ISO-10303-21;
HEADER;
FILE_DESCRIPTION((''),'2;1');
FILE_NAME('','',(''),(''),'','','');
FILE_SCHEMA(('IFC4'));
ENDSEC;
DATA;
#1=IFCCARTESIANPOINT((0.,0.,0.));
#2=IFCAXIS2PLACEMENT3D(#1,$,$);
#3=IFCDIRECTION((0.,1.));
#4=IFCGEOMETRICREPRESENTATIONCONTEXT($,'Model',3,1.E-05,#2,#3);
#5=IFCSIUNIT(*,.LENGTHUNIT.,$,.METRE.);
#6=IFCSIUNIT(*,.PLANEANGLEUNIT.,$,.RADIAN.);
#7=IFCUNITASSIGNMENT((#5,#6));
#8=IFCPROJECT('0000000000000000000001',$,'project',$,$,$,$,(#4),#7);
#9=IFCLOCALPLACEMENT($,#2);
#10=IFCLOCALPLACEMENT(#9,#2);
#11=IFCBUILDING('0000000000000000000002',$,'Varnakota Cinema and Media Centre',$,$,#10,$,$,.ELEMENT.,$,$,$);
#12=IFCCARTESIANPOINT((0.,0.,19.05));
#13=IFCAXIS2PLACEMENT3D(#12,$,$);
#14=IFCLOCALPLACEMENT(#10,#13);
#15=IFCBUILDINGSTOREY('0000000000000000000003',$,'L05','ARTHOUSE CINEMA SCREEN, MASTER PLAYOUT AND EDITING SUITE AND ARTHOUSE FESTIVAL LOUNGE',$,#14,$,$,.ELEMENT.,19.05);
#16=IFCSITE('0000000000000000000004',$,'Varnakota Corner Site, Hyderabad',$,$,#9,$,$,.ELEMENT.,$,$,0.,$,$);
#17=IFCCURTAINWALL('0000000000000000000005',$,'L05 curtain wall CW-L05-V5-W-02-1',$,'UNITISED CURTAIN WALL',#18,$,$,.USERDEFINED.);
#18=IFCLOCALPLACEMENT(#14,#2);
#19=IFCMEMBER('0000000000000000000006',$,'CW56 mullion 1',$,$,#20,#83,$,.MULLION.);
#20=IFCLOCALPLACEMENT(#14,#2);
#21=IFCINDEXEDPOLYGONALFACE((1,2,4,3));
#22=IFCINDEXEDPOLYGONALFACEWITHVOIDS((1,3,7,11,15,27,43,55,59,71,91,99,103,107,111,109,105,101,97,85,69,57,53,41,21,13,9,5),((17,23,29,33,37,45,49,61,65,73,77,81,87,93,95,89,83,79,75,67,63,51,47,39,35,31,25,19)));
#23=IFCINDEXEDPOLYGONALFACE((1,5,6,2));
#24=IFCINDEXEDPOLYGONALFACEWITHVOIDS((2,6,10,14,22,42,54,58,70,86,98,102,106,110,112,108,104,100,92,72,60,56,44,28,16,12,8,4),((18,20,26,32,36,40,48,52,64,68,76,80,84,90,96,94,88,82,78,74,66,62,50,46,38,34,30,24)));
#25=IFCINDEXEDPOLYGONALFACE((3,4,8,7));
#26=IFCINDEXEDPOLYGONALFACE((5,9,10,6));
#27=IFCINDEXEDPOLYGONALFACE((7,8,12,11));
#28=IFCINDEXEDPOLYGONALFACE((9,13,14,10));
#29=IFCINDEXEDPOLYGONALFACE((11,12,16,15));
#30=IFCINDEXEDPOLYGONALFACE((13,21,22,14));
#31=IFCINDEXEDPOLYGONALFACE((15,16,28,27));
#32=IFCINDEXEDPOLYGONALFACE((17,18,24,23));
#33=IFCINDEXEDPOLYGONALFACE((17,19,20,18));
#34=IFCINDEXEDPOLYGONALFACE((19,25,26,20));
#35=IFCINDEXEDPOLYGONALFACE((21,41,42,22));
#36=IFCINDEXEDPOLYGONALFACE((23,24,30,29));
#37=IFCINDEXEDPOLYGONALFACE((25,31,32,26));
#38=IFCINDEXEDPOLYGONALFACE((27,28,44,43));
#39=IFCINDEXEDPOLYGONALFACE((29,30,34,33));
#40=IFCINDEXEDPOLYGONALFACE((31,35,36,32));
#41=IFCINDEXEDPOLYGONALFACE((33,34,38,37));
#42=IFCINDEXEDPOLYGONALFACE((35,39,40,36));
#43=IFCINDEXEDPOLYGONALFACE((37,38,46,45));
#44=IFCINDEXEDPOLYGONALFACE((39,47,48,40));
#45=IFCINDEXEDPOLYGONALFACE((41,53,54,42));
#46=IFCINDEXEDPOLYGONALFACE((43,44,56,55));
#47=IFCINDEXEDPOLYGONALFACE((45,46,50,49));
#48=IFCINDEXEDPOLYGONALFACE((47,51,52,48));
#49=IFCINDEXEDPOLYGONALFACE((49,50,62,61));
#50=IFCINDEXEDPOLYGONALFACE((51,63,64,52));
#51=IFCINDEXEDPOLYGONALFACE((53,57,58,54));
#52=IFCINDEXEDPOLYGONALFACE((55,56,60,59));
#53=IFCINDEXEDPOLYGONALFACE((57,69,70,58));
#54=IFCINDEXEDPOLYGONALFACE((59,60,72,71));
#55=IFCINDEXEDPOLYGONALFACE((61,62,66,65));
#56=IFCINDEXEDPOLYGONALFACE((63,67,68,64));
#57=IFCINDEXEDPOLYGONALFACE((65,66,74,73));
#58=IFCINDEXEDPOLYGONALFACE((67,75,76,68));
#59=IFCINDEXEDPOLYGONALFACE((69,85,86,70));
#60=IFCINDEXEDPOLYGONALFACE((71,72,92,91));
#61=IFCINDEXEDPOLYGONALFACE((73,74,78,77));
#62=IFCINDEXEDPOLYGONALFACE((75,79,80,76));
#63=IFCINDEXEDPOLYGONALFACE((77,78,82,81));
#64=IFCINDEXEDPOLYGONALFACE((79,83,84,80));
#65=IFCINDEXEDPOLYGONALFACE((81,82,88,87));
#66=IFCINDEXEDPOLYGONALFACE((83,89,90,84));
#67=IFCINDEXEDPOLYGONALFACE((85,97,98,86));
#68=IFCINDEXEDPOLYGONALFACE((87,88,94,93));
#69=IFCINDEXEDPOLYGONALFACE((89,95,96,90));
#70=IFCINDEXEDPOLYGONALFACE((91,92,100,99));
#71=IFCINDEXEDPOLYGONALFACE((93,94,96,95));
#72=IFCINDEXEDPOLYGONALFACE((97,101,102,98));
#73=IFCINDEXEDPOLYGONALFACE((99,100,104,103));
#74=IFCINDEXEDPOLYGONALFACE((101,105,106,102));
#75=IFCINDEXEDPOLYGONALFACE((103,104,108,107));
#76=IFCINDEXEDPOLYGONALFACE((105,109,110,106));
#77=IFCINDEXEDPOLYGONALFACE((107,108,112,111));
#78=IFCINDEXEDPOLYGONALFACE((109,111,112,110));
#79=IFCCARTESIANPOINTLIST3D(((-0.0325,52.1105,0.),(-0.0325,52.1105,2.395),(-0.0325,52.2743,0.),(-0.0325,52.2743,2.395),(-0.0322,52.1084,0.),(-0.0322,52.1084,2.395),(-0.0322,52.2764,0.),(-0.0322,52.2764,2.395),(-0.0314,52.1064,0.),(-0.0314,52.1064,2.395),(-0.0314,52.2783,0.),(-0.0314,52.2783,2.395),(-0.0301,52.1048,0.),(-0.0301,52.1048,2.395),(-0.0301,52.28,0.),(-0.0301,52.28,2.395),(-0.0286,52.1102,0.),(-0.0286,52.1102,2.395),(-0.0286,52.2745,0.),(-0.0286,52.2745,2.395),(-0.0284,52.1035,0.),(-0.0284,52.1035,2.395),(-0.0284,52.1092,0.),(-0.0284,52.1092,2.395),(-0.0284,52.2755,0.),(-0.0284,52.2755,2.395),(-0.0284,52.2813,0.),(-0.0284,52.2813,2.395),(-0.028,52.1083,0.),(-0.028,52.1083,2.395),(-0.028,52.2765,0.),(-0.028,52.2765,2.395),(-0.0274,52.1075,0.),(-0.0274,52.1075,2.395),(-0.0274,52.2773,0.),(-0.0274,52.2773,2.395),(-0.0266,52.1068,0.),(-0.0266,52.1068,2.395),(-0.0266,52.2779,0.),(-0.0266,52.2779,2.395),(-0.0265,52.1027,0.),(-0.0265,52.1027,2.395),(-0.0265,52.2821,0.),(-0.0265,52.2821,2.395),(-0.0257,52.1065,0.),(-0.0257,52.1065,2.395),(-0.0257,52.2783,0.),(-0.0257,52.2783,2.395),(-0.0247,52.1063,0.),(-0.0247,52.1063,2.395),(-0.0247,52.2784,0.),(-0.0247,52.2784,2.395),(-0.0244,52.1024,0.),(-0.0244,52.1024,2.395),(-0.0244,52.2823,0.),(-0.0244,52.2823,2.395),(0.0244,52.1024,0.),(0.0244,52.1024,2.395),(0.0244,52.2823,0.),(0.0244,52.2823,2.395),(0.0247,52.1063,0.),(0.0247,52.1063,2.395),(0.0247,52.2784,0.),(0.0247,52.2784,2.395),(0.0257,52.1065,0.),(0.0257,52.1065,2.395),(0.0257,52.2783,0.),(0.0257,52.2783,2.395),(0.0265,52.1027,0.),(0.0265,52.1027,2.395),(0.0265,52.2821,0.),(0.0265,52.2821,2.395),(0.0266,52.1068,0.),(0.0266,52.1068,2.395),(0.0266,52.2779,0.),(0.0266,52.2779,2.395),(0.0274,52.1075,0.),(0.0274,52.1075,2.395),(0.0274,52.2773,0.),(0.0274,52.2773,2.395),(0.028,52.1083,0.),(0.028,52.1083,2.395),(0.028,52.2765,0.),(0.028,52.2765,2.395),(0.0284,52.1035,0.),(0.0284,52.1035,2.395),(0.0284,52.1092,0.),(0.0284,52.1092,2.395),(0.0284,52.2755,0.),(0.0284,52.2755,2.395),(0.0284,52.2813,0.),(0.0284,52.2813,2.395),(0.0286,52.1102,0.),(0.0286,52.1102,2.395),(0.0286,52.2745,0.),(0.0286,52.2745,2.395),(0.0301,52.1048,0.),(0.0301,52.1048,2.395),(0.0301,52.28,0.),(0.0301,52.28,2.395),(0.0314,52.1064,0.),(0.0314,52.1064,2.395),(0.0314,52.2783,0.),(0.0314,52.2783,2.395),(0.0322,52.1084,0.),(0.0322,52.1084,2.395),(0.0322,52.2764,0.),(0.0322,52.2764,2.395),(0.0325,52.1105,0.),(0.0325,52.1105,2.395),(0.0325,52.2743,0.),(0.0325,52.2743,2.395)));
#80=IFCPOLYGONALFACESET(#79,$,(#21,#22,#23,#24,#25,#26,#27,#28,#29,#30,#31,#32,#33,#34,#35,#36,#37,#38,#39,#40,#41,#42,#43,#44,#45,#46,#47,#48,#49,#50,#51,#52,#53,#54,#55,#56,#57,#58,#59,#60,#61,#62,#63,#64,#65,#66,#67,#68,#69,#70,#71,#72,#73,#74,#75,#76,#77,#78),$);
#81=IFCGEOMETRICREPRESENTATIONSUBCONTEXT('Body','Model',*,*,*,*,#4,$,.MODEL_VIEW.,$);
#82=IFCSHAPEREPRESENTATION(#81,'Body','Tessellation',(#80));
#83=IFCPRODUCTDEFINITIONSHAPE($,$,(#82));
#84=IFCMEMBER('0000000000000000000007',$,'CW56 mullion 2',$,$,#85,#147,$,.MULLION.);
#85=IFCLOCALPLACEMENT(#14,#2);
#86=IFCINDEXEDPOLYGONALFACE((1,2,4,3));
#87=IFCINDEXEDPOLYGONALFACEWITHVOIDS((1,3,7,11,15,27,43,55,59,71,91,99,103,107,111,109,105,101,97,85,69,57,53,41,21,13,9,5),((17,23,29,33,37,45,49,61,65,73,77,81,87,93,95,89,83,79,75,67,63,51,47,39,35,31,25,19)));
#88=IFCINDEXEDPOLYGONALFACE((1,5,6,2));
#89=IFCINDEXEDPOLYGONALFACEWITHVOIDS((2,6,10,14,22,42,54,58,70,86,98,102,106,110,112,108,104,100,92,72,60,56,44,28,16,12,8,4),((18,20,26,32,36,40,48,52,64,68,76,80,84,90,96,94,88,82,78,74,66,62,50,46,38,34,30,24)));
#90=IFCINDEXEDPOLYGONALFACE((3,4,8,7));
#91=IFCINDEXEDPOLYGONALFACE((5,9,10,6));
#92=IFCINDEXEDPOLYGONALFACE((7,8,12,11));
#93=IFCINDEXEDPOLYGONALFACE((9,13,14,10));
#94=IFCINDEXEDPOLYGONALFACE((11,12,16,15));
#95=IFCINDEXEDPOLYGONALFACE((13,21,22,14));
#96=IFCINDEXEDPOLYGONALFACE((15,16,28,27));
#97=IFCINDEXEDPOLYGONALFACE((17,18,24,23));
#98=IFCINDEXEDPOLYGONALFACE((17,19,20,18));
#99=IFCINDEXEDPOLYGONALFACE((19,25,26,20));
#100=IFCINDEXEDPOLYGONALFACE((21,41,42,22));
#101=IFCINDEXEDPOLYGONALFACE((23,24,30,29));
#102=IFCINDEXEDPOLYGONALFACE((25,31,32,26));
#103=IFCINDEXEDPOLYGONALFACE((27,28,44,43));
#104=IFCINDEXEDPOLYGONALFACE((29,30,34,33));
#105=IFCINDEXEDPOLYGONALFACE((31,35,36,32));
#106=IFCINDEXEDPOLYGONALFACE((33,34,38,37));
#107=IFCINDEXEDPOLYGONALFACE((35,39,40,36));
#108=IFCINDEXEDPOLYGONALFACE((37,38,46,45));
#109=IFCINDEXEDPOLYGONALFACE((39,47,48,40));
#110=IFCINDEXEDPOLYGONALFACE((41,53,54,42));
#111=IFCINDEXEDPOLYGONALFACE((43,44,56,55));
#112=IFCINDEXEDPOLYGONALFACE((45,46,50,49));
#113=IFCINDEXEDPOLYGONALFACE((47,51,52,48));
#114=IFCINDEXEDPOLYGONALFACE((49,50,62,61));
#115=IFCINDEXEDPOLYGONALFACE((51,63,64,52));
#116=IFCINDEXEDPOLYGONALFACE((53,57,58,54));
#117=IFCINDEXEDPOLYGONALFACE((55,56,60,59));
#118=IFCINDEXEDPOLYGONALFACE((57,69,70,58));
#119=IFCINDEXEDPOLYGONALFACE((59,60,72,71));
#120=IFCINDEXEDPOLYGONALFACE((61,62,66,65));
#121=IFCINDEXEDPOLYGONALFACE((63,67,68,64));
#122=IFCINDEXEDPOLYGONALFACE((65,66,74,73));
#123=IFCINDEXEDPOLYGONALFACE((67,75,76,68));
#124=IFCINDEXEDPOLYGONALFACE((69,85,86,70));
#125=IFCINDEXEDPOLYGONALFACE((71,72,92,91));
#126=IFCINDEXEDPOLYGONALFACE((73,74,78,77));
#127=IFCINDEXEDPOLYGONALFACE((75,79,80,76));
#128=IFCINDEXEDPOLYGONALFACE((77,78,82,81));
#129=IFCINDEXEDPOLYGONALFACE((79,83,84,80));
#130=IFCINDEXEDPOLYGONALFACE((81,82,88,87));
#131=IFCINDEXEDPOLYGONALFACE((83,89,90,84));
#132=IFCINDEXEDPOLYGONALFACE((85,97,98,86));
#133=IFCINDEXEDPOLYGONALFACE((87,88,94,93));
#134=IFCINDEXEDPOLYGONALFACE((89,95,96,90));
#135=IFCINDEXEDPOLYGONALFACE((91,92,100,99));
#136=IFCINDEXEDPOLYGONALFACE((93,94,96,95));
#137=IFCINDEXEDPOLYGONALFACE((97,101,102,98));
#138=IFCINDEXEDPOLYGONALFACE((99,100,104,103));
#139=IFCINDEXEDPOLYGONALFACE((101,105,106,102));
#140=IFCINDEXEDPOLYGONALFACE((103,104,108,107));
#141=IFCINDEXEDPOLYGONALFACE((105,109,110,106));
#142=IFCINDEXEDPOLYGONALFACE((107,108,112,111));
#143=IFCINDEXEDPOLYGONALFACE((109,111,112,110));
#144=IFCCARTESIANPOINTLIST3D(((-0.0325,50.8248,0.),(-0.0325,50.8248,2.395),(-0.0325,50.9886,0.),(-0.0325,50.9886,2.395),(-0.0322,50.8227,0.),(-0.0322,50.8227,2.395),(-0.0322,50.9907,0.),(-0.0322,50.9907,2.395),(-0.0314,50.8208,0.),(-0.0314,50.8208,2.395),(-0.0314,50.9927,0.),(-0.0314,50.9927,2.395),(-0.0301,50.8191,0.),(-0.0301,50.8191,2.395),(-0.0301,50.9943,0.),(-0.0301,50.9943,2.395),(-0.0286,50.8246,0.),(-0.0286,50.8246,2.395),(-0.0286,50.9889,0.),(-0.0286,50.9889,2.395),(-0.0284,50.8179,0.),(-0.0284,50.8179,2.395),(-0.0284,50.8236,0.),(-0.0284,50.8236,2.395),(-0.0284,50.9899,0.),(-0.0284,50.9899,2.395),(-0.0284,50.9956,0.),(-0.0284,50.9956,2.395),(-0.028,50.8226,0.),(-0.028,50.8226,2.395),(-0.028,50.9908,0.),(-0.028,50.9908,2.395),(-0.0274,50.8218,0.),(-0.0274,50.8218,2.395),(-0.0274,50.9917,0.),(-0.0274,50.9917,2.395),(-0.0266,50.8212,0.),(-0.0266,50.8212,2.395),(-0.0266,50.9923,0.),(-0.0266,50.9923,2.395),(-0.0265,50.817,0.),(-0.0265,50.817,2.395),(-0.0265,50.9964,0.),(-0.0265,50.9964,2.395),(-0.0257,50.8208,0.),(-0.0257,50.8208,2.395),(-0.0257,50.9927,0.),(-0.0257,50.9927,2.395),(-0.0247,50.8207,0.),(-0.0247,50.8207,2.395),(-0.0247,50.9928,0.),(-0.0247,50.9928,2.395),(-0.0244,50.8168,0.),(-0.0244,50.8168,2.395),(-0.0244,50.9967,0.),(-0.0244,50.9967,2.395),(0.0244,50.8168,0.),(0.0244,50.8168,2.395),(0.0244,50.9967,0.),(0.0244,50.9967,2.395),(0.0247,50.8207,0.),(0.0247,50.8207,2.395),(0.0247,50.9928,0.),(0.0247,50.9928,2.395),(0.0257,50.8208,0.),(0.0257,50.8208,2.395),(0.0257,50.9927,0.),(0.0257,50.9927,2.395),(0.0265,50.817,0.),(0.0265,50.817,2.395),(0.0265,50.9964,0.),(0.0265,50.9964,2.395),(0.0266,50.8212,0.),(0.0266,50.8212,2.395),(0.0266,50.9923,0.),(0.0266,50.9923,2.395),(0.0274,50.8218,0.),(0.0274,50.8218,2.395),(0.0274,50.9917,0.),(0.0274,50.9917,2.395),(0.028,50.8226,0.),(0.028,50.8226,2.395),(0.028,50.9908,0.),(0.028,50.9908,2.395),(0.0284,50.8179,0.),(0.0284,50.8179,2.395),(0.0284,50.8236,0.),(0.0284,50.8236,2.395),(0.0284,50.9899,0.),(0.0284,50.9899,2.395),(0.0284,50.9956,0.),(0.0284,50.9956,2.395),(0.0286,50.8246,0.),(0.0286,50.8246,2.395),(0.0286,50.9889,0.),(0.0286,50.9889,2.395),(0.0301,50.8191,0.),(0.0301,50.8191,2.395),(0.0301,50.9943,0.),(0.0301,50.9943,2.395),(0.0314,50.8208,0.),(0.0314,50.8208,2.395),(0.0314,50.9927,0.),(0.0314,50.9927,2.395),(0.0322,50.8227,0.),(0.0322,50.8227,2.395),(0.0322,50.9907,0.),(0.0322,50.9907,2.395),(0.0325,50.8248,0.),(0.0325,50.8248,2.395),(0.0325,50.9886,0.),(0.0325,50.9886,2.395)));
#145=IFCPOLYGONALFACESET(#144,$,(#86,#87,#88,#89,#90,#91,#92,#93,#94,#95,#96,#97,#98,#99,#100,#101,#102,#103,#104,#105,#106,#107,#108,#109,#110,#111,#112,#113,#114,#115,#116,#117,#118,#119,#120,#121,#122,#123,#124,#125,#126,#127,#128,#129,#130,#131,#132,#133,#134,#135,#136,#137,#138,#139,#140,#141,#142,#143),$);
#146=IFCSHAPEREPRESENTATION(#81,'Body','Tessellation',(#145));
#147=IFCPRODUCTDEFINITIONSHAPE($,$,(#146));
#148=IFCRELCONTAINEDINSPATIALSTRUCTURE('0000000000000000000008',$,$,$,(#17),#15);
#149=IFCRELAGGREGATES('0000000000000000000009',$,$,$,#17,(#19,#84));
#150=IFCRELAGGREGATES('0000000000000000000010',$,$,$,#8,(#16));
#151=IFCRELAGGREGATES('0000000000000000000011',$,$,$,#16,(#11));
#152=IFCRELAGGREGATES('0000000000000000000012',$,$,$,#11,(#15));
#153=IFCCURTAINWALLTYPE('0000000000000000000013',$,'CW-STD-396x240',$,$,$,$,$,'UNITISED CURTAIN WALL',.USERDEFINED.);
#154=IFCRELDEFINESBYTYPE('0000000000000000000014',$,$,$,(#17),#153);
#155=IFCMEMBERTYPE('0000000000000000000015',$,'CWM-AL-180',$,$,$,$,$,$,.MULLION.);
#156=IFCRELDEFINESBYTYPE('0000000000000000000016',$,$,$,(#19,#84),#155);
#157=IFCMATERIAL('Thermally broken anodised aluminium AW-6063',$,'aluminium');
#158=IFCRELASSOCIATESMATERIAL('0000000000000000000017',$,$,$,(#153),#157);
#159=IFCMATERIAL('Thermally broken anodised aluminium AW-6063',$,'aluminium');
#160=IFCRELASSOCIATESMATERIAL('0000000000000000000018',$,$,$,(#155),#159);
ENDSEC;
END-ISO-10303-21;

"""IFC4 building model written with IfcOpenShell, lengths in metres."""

from ifc_helpers import new_model, si_unit, direction, frame, origin, origin_2d, place, context, subcontext, project, spatial, hollow_rectangle, extrude, material, material_profile, profile_set, type_object, element, aggregate, save


model = new_model("IFC4")

# Units and contexts
model_context = context("Model", 3, precision=1e-05, world=origin(), true_north=direction((0.0, 1.0)))
body_context = subcontext(model_context, "Body", "Model", "MODEL_VIEW")
ifc_project = project(units=[si_unit("LENGTHUNIT", "METRE"), si_unit("PLANEANGLEUNIT", "RADIAN")], contexts=[model_context])

# Site, building, storey
site_placement = place(None, origin())
site = spatial("IfcSite", under=ifc_project, at=site_placement, Name="Varnakota Corner Site, Hyderabad", CompositionType="ELEMENT", RefElevation=0.0)
building_placement = place(site_placement, origin())
building = spatial("IfcBuilding", under=site, at=building_placement, Name="Varnakota Cinema and Media Centre", CompositionType="ELEMENT")
storey_placement = place(building_placement, frame((0.0, 0.0, 19.05)))
storey = spatial("IfcBuildingStorey", under=building, at=storey_placement, Name="L05", Description="ARTHOUSE CINEMA SCREEN, MASTER PLAYOUT AND EDITING SUITE AND ARTHOUSE FESTIVAL LOUNGE", CompositionType="ELEMENT", Elevation=19.05)

# Curtain wall, members
ifc_material_1 = material(Name="Thermally broken anodised aluminium AW-6063", Category="aluminium")
curtain_wall_type = type_object("IfcCurtainWallType", Name="CW-STD-396x240", ElementType="UNITISED CURTAIN WALL", PredefinedType="USERDEFINED", material=ifc_material_1)
curtain_wall_placement = place(storey_placement, origin())
curtain_wall = element("IfcCurtainWall", 1, at=curtain_wall_placement, inside=storey, type_object=curtain_wall_type, Name="L05 curtain wall CW-L05-V5-W-02-1", ObjectType="UNITISED CURTAIN WALL", PredefinedType="USERDEFINED")
ifc_material_2 = material(Name="Thermally broken anodised aluminium AW-6063", Category="aluminium")
ifc_material_profile_1 = material_profile(ifc_material_2, hollow_rectangle(XDim=0.0649, YDim=0.1799, WallThickness=0.0039, InnerFilletRadius=0.0039, OuterFilletRadius=0.0081, at=origin_2d()), Name="AL-MULLION 180x65x4")
ifc_profile_set_1 = profile_set([ifc_material_profile_1], Name="Thermally broken anodised aluminium AW-6063")
member_type_1 = type_object("IfcMemberType", Name="CWM-AL-180", PredefinedType="MULLION", material=ifc_profile_set_1)
member_1_placement = place(storey_placement, frame((0.0, 52.1924, 0.0), z_axis=(0.0, 0.0, 1.0), x_axis=(1.0, 0.0, 0.0)))
member_1 = element("IfcMember", 2, at=member_1_placement, type_object=member_type_1, Name="CW56 mullion 1", PredefinedType="MULLION", context=body_context, shape_type="SweptSolid", body=[
    extrude(hollow_rectangle(XDim=0.0649, YDim=0.1799, WallThickness=0.0039, InnerFilletRadius=0.0039, OuterFilletRadius=0.0081, at=origin_2d()), origin(), (0.0, 0.0, 1.0), 2.395),
])
member_2_placement = place(storey_placement, frame((0.0, 50.9067, 0.0), z_axis=(0.0, 0.0, 1.0), x_axis=(1.0, 0.0, 0.0)))
member_2 = element("IfcMember", 3, at=member_2_placement, type_object=member_type_1, Name="CW56 mullion 2", PredefinedType="MULLION", context=body_context, shape_type="SweptSolid", body=[
    extrude(hollow_rectangle(XDim=0.0649, YDim=0.1799, WallThickness=0.0039, InnerFilletRadius=0.0039, OuterFilletRadius=0.0081, at=origin_2d()), origin(), (0.0, 0.0, 1.0), 2.395),
])
aggregate(curtain_wall, [member_1, member_2])

save(model, "model.ifc")
